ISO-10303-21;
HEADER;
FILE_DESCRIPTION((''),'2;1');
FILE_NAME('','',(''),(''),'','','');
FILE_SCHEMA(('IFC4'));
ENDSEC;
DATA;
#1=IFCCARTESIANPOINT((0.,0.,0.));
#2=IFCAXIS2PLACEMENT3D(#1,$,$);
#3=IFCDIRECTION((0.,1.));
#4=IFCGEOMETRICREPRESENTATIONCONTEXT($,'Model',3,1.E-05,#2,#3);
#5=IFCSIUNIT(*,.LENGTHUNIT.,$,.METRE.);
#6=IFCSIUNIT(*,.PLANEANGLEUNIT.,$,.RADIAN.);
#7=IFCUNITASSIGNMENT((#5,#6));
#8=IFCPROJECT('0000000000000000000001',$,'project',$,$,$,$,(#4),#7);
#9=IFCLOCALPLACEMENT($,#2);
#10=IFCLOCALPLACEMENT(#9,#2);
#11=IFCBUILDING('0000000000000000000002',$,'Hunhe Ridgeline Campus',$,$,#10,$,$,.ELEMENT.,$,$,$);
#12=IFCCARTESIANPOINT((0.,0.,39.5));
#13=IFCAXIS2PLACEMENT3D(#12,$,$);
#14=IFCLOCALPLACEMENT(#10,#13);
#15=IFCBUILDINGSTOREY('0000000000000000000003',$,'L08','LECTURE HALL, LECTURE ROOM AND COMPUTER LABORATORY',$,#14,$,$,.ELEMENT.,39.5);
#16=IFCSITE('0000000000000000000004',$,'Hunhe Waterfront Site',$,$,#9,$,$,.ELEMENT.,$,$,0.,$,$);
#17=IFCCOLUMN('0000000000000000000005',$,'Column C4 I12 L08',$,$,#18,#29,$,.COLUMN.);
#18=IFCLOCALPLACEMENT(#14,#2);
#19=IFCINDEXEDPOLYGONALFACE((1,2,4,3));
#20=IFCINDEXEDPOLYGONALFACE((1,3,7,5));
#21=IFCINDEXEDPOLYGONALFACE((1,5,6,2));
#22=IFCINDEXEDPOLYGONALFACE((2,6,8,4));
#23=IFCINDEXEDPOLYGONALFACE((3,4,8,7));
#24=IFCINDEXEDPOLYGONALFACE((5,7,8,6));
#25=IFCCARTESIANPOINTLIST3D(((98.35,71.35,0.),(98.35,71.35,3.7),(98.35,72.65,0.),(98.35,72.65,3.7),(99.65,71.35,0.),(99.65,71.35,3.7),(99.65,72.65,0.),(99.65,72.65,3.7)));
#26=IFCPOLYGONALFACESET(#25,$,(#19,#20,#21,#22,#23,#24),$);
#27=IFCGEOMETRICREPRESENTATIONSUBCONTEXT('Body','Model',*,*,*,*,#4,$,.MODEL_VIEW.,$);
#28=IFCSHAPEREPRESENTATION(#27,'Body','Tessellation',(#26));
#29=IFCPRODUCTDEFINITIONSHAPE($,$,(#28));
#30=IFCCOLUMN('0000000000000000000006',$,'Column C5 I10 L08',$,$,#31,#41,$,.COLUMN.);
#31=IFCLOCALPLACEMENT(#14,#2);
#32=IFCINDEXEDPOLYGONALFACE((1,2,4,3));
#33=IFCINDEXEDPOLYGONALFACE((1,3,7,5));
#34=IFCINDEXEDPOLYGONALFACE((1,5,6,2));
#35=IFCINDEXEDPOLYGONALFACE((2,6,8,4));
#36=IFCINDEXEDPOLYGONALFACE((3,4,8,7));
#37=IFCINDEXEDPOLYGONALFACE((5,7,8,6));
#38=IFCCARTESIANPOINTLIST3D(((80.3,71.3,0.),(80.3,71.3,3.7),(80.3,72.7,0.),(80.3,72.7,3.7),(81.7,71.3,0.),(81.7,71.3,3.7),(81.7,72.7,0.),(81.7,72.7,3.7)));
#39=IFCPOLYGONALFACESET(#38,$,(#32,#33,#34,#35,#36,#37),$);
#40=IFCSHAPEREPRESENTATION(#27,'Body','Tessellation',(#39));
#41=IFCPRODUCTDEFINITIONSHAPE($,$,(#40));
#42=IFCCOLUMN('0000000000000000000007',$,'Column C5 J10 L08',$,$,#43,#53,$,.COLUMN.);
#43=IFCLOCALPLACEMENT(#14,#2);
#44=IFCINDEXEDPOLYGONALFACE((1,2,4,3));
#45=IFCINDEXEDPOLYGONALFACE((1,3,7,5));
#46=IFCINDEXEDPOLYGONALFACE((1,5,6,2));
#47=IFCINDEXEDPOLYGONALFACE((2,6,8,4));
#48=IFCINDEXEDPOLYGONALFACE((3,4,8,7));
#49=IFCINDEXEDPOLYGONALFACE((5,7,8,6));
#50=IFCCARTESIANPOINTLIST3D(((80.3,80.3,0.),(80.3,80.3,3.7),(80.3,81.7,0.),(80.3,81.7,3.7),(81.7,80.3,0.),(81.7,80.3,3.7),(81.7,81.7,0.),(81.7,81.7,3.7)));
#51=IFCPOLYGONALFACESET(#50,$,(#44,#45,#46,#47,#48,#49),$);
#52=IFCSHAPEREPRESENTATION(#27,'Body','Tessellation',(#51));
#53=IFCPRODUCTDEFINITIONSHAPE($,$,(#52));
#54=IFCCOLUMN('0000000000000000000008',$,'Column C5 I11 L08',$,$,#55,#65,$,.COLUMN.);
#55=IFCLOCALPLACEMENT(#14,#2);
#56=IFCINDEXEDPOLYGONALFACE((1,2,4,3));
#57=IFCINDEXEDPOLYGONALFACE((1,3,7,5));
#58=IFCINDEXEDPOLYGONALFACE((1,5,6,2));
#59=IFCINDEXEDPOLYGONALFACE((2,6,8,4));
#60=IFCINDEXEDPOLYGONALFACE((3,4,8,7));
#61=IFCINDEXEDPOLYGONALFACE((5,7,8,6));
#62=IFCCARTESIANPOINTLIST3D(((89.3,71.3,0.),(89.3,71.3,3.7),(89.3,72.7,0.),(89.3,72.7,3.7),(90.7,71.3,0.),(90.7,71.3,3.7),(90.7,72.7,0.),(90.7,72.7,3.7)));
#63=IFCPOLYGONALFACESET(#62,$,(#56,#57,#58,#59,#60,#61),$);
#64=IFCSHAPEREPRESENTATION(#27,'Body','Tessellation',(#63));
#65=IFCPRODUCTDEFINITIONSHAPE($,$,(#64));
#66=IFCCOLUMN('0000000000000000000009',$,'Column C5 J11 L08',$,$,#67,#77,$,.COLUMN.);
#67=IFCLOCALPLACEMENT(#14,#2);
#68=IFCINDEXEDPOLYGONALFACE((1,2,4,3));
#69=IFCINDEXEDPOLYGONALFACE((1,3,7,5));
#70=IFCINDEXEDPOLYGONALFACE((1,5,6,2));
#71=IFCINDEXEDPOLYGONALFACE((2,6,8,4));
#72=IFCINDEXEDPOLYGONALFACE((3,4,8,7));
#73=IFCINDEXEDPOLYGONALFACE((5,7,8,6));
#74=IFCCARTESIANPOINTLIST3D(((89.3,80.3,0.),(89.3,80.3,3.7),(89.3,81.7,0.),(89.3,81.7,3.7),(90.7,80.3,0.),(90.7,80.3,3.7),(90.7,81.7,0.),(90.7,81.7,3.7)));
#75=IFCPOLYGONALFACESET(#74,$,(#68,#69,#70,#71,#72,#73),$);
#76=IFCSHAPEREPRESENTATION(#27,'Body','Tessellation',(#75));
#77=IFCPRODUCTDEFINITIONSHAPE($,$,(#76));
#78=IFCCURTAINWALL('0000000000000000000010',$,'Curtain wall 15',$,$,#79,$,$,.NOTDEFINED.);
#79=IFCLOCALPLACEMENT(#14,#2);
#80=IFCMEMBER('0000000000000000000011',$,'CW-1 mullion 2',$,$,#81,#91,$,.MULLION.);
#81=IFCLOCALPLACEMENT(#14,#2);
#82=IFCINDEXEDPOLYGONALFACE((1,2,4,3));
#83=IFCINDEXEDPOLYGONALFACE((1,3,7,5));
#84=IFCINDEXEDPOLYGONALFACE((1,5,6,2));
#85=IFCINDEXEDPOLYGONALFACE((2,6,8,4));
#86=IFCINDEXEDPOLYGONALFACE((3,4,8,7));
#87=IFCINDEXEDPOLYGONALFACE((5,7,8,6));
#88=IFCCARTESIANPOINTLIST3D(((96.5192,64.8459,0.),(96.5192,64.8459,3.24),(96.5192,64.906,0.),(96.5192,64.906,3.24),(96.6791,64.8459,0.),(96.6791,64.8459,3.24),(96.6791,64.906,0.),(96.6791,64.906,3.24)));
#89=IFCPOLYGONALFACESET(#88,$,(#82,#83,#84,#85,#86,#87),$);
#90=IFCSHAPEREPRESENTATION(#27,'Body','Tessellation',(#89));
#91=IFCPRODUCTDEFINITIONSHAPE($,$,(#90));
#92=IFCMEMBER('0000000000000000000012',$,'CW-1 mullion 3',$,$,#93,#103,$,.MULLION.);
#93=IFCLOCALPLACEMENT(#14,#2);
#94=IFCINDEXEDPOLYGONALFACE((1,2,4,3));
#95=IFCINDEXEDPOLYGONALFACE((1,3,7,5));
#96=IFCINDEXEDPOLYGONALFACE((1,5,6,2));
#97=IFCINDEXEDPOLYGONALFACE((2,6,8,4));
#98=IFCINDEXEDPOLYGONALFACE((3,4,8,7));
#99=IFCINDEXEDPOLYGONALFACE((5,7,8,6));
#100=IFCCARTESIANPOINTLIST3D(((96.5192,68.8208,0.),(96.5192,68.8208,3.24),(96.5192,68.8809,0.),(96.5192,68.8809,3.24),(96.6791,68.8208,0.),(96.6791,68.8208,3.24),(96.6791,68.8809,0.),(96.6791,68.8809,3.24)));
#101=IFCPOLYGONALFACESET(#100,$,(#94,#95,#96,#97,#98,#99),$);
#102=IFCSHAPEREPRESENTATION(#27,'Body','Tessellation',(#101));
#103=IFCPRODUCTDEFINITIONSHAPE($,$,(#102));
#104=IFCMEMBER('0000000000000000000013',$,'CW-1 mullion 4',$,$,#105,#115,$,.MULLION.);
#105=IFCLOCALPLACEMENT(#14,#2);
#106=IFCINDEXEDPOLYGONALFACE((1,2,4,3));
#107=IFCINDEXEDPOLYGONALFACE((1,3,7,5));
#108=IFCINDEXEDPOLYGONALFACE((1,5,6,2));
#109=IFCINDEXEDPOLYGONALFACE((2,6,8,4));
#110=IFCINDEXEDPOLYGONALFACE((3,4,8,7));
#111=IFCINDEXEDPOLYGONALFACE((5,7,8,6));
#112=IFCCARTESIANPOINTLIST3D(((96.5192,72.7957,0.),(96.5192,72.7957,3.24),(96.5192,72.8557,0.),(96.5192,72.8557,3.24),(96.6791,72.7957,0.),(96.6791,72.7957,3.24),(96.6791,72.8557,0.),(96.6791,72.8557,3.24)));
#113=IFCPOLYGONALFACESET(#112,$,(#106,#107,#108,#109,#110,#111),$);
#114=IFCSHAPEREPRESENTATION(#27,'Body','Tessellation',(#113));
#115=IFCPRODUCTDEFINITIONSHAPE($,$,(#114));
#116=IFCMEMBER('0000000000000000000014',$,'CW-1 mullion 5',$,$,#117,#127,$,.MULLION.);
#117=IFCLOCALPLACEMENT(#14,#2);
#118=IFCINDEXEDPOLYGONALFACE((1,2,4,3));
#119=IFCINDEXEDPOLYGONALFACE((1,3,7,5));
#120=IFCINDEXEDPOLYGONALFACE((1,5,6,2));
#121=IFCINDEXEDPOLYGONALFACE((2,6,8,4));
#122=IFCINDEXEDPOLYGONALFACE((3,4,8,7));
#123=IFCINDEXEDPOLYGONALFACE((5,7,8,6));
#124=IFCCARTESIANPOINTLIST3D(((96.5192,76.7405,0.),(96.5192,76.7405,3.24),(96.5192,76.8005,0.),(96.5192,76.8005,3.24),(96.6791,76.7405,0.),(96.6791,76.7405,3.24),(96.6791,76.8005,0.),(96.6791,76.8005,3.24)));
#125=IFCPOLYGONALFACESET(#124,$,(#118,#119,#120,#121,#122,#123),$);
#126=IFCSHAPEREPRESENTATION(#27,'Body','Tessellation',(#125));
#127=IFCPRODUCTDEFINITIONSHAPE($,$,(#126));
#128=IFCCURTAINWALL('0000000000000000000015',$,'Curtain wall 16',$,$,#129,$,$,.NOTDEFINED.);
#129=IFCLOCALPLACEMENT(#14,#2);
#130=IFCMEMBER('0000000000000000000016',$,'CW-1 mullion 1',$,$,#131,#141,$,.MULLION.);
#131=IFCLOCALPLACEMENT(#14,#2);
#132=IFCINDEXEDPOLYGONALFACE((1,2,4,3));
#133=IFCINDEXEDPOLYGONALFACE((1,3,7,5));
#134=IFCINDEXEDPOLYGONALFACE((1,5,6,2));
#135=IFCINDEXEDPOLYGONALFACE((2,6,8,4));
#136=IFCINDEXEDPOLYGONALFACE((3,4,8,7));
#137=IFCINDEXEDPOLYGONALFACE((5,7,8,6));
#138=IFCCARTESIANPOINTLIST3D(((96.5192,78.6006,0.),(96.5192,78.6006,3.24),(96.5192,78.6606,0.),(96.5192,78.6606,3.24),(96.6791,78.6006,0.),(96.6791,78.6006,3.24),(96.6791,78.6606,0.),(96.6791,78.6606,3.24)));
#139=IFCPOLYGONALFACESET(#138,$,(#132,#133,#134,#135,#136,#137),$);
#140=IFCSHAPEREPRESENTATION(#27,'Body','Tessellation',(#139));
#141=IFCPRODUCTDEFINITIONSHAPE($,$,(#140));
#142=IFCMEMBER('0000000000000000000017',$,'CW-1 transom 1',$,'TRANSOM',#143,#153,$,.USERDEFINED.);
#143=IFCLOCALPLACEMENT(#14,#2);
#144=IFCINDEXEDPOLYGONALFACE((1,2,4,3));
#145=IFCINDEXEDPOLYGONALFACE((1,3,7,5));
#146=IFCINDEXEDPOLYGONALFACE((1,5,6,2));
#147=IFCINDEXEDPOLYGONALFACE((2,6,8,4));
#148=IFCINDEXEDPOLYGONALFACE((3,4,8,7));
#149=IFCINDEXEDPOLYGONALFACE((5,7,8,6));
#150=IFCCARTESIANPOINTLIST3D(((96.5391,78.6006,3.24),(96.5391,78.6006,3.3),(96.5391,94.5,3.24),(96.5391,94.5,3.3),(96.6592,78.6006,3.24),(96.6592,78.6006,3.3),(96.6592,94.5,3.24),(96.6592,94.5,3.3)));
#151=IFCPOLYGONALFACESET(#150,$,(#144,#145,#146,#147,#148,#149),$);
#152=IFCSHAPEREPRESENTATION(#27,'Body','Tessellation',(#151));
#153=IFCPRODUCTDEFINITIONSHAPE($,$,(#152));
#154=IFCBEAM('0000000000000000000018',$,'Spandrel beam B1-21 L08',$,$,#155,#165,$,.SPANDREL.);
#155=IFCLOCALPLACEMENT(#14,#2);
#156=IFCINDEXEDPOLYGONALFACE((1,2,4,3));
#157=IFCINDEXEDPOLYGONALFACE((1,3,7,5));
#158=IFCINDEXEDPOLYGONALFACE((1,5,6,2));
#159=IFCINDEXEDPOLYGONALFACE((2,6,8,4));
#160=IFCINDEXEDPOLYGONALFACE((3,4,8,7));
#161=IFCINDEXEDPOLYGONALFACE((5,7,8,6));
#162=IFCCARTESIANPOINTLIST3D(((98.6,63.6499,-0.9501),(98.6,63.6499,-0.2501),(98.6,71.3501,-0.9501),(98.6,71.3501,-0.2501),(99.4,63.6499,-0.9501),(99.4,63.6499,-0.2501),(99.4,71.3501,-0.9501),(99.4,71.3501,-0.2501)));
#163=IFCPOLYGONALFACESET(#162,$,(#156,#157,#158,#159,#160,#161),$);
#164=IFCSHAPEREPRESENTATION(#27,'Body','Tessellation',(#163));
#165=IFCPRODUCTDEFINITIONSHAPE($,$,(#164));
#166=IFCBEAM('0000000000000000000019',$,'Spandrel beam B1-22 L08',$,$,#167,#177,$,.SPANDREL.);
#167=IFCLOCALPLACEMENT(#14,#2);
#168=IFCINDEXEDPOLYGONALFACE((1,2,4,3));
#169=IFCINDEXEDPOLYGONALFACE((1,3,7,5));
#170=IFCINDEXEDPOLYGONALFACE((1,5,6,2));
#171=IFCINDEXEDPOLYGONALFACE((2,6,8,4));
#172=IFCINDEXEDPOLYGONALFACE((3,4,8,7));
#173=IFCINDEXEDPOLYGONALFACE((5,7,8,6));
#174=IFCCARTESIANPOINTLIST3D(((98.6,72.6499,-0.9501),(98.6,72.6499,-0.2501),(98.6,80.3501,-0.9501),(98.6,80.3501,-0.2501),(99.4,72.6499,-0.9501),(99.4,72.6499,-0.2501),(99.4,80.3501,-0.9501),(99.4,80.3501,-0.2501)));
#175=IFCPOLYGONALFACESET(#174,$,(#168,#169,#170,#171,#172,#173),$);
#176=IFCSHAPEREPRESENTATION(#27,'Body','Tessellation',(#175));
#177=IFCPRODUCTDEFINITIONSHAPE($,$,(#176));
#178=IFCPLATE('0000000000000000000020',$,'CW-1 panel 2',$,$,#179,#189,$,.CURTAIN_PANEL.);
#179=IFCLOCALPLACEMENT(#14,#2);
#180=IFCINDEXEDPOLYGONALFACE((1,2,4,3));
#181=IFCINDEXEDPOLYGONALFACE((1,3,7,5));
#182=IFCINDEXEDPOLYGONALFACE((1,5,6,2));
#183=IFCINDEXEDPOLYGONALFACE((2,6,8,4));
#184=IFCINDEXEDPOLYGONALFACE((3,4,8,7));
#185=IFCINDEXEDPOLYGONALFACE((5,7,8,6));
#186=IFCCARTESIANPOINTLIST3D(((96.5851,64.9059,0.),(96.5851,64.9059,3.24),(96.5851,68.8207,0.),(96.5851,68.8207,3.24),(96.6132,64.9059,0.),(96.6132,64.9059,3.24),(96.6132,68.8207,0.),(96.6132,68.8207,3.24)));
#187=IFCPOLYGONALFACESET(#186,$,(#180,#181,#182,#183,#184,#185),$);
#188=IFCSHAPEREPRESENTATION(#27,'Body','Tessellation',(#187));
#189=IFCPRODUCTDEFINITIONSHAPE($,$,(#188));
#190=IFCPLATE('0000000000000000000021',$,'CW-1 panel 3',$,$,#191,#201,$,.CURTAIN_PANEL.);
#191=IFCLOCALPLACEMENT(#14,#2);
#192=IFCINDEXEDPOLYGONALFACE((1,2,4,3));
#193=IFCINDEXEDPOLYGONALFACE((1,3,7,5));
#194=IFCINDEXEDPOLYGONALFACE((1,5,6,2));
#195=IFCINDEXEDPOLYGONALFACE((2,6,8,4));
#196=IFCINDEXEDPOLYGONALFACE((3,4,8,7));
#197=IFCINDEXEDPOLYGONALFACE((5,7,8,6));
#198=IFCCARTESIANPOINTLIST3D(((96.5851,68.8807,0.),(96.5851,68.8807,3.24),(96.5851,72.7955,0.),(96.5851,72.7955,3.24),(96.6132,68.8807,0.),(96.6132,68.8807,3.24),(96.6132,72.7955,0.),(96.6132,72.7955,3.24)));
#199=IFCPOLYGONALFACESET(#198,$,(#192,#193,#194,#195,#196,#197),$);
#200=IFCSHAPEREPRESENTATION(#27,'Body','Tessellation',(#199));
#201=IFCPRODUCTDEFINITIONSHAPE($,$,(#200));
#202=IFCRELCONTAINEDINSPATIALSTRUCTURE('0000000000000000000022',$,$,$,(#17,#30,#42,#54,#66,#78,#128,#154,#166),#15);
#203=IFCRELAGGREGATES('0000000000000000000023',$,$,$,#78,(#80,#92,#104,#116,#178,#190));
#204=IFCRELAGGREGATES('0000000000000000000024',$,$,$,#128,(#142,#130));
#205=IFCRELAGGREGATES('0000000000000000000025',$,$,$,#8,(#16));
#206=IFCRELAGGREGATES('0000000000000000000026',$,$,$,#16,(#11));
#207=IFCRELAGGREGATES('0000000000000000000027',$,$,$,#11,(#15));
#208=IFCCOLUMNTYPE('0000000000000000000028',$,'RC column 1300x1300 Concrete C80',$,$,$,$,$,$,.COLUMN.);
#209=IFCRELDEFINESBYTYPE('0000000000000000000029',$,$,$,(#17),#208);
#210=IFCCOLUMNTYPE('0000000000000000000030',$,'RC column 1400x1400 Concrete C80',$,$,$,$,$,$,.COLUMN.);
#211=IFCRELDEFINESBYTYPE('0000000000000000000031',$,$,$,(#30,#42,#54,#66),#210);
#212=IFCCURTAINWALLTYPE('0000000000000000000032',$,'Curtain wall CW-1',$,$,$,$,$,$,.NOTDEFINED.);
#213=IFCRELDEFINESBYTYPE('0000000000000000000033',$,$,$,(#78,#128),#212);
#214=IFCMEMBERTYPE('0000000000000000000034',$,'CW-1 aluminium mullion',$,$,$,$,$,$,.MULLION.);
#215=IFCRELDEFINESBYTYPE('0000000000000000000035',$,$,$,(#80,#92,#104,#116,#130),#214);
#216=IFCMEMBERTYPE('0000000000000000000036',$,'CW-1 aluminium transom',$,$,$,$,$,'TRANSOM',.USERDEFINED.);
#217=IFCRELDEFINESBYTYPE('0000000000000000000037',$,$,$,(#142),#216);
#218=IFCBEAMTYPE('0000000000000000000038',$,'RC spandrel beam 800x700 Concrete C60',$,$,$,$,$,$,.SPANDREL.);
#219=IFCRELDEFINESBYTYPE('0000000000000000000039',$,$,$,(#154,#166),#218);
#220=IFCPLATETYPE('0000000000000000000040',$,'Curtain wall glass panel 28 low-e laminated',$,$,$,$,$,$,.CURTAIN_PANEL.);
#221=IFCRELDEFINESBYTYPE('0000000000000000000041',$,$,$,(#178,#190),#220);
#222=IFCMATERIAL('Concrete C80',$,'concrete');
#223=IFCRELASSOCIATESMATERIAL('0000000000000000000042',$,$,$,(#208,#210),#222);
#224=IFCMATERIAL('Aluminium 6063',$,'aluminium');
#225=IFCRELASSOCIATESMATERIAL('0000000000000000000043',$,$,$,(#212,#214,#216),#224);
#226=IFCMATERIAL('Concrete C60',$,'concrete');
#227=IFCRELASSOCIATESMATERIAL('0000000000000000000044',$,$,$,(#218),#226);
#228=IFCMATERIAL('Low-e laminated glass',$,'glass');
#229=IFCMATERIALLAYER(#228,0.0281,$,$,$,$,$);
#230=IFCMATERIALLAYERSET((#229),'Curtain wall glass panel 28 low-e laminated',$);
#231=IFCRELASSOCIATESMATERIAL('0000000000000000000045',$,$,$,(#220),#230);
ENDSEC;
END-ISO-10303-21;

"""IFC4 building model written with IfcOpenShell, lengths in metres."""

from ifc_helpers import new_model, si_unit, direction, frame, origin, origin_2d, place, context, subcontext, project, spatial, rectangle, extrude, material, layer, layer_set, material_profile, profile_set, type_object, element, aggregate, save


model = new_model("IFC4")

# Units and contexts
model_context = context("Model", 3, precision=1e-05, world=origin(), true_north=direction((0.0, 1.0)))
body_context = subcontext(model_context, "Body", "Model", "MODEL_VIEW")
ifc_project = project(units=[si_unit("LENGTHUNIT", "METRE"), si_unit("PLANEANGLEUNIT", "RADIAN")], contexts=[model_context])

# Site, building, storey
site_placement = place(None, origin())
site = spatial("IfcSite", under=ifc_project, at=site_placement, Name="Hunhe Waterfront Site", CompositionType="ELEMENT", RefElevation=0.0)
building_placement = place(site_placement, origin())
building = spatial("IfcBuilding", under=site, at=building_placement, Name="Hunhe Ridgeline Campus", CompositionType="ELEMENT")
storey_placement = place(building_placement, frame((0.0, 0.0, 39.5)))
storey = spatial("IfcBuildingStorey", under=building, at=storey_placement, Name="L08", Description="LECTURE HALL, LECTURE ROOM AND COMPUTER LABORATORY", CompositionType="ELEMENT", Elevation=39.5)

# Columns
ifc_material_1 = material(Name="Concrete C80", Category="concrete")
ifc_material_profile_1 = material_profile(ifc_material_1, rectangle(XDim=1.3, YDim=1.3, at=origin_2d()))
ifc_profile_set_1 = profile_set([ifc_material_profile_1], Name="Concrete C80")
column_type_1 = type_object("IfcColumnType", Name="RC column 1300x1300 Concrete C80", PredefinedType="COLUMN", material=ifc_profile_set_1)
column_placement = place(storey_placement, frame((99.0, 72.0, 0.0), z_axis=(0.0, 0.0, 1.0), x_axis=(1.0, 0.0, 0.0)))
element("IfcColumn", 1, at=column_placement, inside=storey, type_object=column_type_1, Name="Column C4 I12 L08", PredefinedType="COLUMN", context=body_context, shape_type="SweptSolid", body=[
    extrude(rectangle(XDim=1.3, YDim=1.3, at=origin_2d()), origin(), (0.0, 0.0, 1.0), 3.7),
])
ifc_material_profile_2 = material_profile(ifc_material_1, rectangle(XDim=1.3999, YDim=1.3999, at=origin_2d()))
ifc_profile_set_2 = profile_set([ifc_material_profile_2], Name="Concrete C80")
column_type_2 = type_object("IfcColumnType", Name="RC column 1400x1400 Concrete C80", PredefinedType="COLUMN", material=ifc_profile_set_2)
for number, where, z_axis, x_axis, name in (
    (2, (81.0, 72.0, 0.0), (0.0, 0.0, 1.0), (1.0, 0.0, 0.0), "Column C5 I10 L08"),
    (3, (81.0, 81.0, 0.0), (0.0, 0.0, 1.0), (1.0, 0.0, 0.0), "Column C5 J10 L08"),
    (4, (90.0, 72.0, 0.0), (0.0, 0.0, 1.0), (1.0, 0.0, 0.0), "Column C5 I11 L08"),
    (5, (90.0, 81.0, 0.0), (0.0, 0.0, 1.0), (1.0, 0.0, 0.0), "Column C5 J11 L08"),
):
    element("IfcColumn", number, at=place(storey_placement, frame(where, z_axis=z_axis, x_axis=x_axis)), inside=storey, type_object=column_type_2, Name=name, PredefinedType="COLUMN", context=body_context, shape_type="SweptSolid", body=[
        extrude(rectangle(XDim=1.3999, YDim=1.3999, at=origin_2d()), origin(), (0.0, 0.0, 1.0), 3.7),
    ])

# Curtain walls, members
ifc_material_2 = material(Name="Aluminium 6063", Category="aluminium")
curtain_wall_type = type_object("IfcCurtainWallType", Name="Curtain wall CW-1", PredefinedType="NOTDEFINED", material=ifc_material_2)
curtain_wall_1_placement = place(storey_placement, origin())
curtain_wall_1 = element("IfcCurtainWall", 6, at=curtain_wall_1_placement, inside=storey, type_object=curtain_wall_type, Name="Curtain wall 15", PredefinedType="NOTDEFINED")
ifc_material_profile_3 = material_profile(ifc_material_2, rectangle(XDim=0.1599, YDim=0.0601, at=origin_2d()))
ifc_profile_set_3 = profile_set([ifc_material_profile_3], Name="Aluminium 6063")
member_type_1 = type_object("IfcMemberType", Name="CW-1 aluminium mullion", PredefinedType="MULLION", material=ifc_profile_set_3)
member_1_placement = place(storey_placement, frame((96.5991, 64.876, 0.0), z_axis=(0.0, 0.0, 1.0), x_axis=(-1.0, 0.0, 0.0)))
member_1 = element("IfcMember", 7, at=member_1_placement, type_object=member_type_1, Name="CW-1 mullion 2", PredefinedType="MULLION", context=body_context, shape_type="SweptSolid", body=[
    extrude(rectangle(XDim=0.1599, YDim=0.0601, at=origin_2d()), origin(), (0.0, 0.0, 1.0), 3.24),
])
member_2_placement = place(storey_placement, frame((96.5991, 68.8508, 0.0), z_axis=(0.0, 0.0, 1.0), x_axis=(-1.0, 0.0, 0.0)))
member_2 = element("IfcMember", 8, at=member_2_placement, type_object=member_type_1, Name="CW-1 mullion 3", PredefinedType="MULLION", context=body_context, shape_type="SweptSolid", body=[
    extrude(rectangle(XDim=0.1599, YDim=0.0601, at=origin_2d()), origin(), (0.0, 0.0, 1.0), 3.24),
])
member_3_placement = place(storey_placement, frame((96.5991, 72.8257, 0.0), z_axis=(0.0, 0.0, 1.0), x_axis=(-1.0, 0.0, 0.0)))
member_3 = element("IfcMember", 9, at=member_3_placement, type_object=member_type_1, Name="CW-1 mullion 4", PredefinedType="MULLION", context=body_context, shape_type="SweptSolid", body=[
    extrude(rectangle(XDim=0.1599, YDim=0.0601, at=origin_2d()), origin(), (0.0, 0.0, 1.0), 3.24),
])
member_4_placement = place(storey_placement, frame((96.5991, 76.7705, 0.0), z_axis=(0.0, 0.0, 1.0), x_axis=(-1.0, 0.0, 0.0)))
member_4 = element("IfcMember", 10, at=member_4_placement, type_object=member_type_1, Name="CW-1 mullion 5", PredefinedType="MULLION", context=body_context, shape_type="SweptSolid", body=[
    extrude(rectangle(XDim=0.1599, YDim=0.0601, at=origin_2d()), origin(), (0.0, 0.0, 1.0), 3.24),
])
curtain_wall_2_placement = place(storey_placement, origin())
curtain_wall_2 = element("IfcCurtainWall", 11, at=curtain_wall_2_placement, inside=storey, type_object=curtain_wall_type, Name="Curtain wall 16", PredefinedType="NOTDEFINED")
member_5_placement = place(storey_placement, frame((96.5991, 78.6306, 0.0), z_axis=(0.0, 0.0, 1.0), x_axis=(-1.0, 0.0, 0.0)))
member_5 = element("IfcMember", 12, at=member_5_placement, type_object=member_type_1, Name="CW-1 mullion 1", PredefinedType="MULLION", context=body_context, shape_type="SweptSolid", body=[
    extrude(rectangle(XDim=0.1599, YDim=0.0601, at=origin_2d()), origin(), (0.0, 0.0, 1.0), 3.24),
])
ifc_material_profile_4 = material_profile(ifc_material_2, rectangle(XDim=0.1201, YDim=0.0601, at=origin_2d()))
ifc_profile_set_4 = profile_set([ifc_material_profile_4], Name="Aluminium 6063")
member_type_2 = type_object("IfcMemberType", Name="CW-1 aluminium transom", ElementType="TRANSOM", PredefinedType="USERDEFINED", material=ifc_profile_set_4)
member_6_placement = place(storey_placement, frame((96.5991, 78.6006, 3.27), z_axis=(0.0, 1.0, 0.0), x_axis=(-1.0, 0.0, 0.0)))
member_6 = element("IfcMember", 13, at=member_6_placement, type_object=member_type_2, Name="CW-1 transom 1", ObjectType="TRANSOM", PredefinedType="USERDEFINED", context=body_context, shape_type="SweptSolid", body=[
    extrude(rectangle(XDim=0.1201, YDim=0.0601, at=origin_2d()), origin(), (0.0, 0.0, 1.0), 15.8994),
])

# Beams
ifc_material_3 = material(Name="Concrete C60", Category="concrete")
ifc_material_profile_5 = material_profile(ifc_material_3, rectangle(XDim=0.8, YDim=0.7, at=origin_2d()))
ifc_profile_set_5 = profile_set([ifc_material_profile_5], Name="Concrete C60")
beam_type = type_object("IfcBeamType", Name="RC spandrel beam 800x700 Concrete C60", PredefinedType="SPANDREL", material=ifc_profile_set_5)
for number, where, z_axis, x_axis, name in (
    (14, (99.0, 63.6499, -0.6001), (0.0, 1.0, 0.0), (-1.0, 0.0, 0.0), "Spandrel beam B1-21 L08"),
    (15, (99.0, 72.6499, -0.6001), (0.0, 1.0, 0.0), (-1.0, 0.0, 0.0), "Spandrel beam B1-22 L08"),
):
    element("IfcBeam", number, at=place(storey_placement, frame(where, z_axis=z_axis, x_axis=x_axis)), inside=storey, type_object=beam_type, Name=name, PredefinedType="SPANDREL", context=body_context, shape_type="SweptSolid", body=[
        extrude(rectangle(XDim=0.8, YDim=0.7, at=origin_2d()), origin(), (0.0, 0.0, 1.0), 7.7002),
    ])

# Plates
ifc_material_4 = material(Name="Low-e laminated glass", Category="glass")
ifc_layer_1 = layer(ifc_material_4, 0.0281)
ifc_layer_set_1 = layer_set([ifc_layer_1], Name="Curtain wall glass panel 28 low-e laminated")
plate_type = type_object("IfcPlateType", Name="Curtain wall glass panel 28 low-e laminated", PredefinedType="CURTAIN_PANEL", material=ifc_layer_set_1)
plate_1_placement = place(storey_placement, frame((96.5991, 66.8633, 0.0), z_axis=(0.0, 0.0, 1.0), x_axis=(0.0, 1.0, 0.0)))
plate_1 = element("IfcPlate", 16, at=plate_1_placement, type_object=plate_type, Name="CW-1 panel 2", PredefinedType="CURTAIN_PANEL", context=body_context, shape_type="SweptSolid", body=[
    extrude(rectangle(XDim=3.9148, YDim=0.0281, at=origin_2d()), origin(), (0.0, 0.0, 1.0), 3.24),
])
plate_2_placement = place(storey_placement, frame((96.5991, 70.8381, 0.0), z_axis=(0.0, 0.0, 1.0), x_axis=(0.0, 1.0, 0.0)))
plate_2 = element("IfcPlate", 17, at=plate_2_placement, type_object=plate_type, Name="CW-1 panel 3", PredefinedType="CURTAIN_PANEL", context=body_context, shape_type="SweptSolid", body=[
    extrude(rectangle(XDim=3.9148, YDim=0.0281, at=origin_2d()), origin(), (0.0, 0.0, 1.0), 3.24),
])
aggregate(curtain_wall_1, [member_1, member_2, member_3, member_4, plate_1, plate_2])
aggregate(curtain_wall_2, [member_6, member_5])

save(model, "model.ifc")
